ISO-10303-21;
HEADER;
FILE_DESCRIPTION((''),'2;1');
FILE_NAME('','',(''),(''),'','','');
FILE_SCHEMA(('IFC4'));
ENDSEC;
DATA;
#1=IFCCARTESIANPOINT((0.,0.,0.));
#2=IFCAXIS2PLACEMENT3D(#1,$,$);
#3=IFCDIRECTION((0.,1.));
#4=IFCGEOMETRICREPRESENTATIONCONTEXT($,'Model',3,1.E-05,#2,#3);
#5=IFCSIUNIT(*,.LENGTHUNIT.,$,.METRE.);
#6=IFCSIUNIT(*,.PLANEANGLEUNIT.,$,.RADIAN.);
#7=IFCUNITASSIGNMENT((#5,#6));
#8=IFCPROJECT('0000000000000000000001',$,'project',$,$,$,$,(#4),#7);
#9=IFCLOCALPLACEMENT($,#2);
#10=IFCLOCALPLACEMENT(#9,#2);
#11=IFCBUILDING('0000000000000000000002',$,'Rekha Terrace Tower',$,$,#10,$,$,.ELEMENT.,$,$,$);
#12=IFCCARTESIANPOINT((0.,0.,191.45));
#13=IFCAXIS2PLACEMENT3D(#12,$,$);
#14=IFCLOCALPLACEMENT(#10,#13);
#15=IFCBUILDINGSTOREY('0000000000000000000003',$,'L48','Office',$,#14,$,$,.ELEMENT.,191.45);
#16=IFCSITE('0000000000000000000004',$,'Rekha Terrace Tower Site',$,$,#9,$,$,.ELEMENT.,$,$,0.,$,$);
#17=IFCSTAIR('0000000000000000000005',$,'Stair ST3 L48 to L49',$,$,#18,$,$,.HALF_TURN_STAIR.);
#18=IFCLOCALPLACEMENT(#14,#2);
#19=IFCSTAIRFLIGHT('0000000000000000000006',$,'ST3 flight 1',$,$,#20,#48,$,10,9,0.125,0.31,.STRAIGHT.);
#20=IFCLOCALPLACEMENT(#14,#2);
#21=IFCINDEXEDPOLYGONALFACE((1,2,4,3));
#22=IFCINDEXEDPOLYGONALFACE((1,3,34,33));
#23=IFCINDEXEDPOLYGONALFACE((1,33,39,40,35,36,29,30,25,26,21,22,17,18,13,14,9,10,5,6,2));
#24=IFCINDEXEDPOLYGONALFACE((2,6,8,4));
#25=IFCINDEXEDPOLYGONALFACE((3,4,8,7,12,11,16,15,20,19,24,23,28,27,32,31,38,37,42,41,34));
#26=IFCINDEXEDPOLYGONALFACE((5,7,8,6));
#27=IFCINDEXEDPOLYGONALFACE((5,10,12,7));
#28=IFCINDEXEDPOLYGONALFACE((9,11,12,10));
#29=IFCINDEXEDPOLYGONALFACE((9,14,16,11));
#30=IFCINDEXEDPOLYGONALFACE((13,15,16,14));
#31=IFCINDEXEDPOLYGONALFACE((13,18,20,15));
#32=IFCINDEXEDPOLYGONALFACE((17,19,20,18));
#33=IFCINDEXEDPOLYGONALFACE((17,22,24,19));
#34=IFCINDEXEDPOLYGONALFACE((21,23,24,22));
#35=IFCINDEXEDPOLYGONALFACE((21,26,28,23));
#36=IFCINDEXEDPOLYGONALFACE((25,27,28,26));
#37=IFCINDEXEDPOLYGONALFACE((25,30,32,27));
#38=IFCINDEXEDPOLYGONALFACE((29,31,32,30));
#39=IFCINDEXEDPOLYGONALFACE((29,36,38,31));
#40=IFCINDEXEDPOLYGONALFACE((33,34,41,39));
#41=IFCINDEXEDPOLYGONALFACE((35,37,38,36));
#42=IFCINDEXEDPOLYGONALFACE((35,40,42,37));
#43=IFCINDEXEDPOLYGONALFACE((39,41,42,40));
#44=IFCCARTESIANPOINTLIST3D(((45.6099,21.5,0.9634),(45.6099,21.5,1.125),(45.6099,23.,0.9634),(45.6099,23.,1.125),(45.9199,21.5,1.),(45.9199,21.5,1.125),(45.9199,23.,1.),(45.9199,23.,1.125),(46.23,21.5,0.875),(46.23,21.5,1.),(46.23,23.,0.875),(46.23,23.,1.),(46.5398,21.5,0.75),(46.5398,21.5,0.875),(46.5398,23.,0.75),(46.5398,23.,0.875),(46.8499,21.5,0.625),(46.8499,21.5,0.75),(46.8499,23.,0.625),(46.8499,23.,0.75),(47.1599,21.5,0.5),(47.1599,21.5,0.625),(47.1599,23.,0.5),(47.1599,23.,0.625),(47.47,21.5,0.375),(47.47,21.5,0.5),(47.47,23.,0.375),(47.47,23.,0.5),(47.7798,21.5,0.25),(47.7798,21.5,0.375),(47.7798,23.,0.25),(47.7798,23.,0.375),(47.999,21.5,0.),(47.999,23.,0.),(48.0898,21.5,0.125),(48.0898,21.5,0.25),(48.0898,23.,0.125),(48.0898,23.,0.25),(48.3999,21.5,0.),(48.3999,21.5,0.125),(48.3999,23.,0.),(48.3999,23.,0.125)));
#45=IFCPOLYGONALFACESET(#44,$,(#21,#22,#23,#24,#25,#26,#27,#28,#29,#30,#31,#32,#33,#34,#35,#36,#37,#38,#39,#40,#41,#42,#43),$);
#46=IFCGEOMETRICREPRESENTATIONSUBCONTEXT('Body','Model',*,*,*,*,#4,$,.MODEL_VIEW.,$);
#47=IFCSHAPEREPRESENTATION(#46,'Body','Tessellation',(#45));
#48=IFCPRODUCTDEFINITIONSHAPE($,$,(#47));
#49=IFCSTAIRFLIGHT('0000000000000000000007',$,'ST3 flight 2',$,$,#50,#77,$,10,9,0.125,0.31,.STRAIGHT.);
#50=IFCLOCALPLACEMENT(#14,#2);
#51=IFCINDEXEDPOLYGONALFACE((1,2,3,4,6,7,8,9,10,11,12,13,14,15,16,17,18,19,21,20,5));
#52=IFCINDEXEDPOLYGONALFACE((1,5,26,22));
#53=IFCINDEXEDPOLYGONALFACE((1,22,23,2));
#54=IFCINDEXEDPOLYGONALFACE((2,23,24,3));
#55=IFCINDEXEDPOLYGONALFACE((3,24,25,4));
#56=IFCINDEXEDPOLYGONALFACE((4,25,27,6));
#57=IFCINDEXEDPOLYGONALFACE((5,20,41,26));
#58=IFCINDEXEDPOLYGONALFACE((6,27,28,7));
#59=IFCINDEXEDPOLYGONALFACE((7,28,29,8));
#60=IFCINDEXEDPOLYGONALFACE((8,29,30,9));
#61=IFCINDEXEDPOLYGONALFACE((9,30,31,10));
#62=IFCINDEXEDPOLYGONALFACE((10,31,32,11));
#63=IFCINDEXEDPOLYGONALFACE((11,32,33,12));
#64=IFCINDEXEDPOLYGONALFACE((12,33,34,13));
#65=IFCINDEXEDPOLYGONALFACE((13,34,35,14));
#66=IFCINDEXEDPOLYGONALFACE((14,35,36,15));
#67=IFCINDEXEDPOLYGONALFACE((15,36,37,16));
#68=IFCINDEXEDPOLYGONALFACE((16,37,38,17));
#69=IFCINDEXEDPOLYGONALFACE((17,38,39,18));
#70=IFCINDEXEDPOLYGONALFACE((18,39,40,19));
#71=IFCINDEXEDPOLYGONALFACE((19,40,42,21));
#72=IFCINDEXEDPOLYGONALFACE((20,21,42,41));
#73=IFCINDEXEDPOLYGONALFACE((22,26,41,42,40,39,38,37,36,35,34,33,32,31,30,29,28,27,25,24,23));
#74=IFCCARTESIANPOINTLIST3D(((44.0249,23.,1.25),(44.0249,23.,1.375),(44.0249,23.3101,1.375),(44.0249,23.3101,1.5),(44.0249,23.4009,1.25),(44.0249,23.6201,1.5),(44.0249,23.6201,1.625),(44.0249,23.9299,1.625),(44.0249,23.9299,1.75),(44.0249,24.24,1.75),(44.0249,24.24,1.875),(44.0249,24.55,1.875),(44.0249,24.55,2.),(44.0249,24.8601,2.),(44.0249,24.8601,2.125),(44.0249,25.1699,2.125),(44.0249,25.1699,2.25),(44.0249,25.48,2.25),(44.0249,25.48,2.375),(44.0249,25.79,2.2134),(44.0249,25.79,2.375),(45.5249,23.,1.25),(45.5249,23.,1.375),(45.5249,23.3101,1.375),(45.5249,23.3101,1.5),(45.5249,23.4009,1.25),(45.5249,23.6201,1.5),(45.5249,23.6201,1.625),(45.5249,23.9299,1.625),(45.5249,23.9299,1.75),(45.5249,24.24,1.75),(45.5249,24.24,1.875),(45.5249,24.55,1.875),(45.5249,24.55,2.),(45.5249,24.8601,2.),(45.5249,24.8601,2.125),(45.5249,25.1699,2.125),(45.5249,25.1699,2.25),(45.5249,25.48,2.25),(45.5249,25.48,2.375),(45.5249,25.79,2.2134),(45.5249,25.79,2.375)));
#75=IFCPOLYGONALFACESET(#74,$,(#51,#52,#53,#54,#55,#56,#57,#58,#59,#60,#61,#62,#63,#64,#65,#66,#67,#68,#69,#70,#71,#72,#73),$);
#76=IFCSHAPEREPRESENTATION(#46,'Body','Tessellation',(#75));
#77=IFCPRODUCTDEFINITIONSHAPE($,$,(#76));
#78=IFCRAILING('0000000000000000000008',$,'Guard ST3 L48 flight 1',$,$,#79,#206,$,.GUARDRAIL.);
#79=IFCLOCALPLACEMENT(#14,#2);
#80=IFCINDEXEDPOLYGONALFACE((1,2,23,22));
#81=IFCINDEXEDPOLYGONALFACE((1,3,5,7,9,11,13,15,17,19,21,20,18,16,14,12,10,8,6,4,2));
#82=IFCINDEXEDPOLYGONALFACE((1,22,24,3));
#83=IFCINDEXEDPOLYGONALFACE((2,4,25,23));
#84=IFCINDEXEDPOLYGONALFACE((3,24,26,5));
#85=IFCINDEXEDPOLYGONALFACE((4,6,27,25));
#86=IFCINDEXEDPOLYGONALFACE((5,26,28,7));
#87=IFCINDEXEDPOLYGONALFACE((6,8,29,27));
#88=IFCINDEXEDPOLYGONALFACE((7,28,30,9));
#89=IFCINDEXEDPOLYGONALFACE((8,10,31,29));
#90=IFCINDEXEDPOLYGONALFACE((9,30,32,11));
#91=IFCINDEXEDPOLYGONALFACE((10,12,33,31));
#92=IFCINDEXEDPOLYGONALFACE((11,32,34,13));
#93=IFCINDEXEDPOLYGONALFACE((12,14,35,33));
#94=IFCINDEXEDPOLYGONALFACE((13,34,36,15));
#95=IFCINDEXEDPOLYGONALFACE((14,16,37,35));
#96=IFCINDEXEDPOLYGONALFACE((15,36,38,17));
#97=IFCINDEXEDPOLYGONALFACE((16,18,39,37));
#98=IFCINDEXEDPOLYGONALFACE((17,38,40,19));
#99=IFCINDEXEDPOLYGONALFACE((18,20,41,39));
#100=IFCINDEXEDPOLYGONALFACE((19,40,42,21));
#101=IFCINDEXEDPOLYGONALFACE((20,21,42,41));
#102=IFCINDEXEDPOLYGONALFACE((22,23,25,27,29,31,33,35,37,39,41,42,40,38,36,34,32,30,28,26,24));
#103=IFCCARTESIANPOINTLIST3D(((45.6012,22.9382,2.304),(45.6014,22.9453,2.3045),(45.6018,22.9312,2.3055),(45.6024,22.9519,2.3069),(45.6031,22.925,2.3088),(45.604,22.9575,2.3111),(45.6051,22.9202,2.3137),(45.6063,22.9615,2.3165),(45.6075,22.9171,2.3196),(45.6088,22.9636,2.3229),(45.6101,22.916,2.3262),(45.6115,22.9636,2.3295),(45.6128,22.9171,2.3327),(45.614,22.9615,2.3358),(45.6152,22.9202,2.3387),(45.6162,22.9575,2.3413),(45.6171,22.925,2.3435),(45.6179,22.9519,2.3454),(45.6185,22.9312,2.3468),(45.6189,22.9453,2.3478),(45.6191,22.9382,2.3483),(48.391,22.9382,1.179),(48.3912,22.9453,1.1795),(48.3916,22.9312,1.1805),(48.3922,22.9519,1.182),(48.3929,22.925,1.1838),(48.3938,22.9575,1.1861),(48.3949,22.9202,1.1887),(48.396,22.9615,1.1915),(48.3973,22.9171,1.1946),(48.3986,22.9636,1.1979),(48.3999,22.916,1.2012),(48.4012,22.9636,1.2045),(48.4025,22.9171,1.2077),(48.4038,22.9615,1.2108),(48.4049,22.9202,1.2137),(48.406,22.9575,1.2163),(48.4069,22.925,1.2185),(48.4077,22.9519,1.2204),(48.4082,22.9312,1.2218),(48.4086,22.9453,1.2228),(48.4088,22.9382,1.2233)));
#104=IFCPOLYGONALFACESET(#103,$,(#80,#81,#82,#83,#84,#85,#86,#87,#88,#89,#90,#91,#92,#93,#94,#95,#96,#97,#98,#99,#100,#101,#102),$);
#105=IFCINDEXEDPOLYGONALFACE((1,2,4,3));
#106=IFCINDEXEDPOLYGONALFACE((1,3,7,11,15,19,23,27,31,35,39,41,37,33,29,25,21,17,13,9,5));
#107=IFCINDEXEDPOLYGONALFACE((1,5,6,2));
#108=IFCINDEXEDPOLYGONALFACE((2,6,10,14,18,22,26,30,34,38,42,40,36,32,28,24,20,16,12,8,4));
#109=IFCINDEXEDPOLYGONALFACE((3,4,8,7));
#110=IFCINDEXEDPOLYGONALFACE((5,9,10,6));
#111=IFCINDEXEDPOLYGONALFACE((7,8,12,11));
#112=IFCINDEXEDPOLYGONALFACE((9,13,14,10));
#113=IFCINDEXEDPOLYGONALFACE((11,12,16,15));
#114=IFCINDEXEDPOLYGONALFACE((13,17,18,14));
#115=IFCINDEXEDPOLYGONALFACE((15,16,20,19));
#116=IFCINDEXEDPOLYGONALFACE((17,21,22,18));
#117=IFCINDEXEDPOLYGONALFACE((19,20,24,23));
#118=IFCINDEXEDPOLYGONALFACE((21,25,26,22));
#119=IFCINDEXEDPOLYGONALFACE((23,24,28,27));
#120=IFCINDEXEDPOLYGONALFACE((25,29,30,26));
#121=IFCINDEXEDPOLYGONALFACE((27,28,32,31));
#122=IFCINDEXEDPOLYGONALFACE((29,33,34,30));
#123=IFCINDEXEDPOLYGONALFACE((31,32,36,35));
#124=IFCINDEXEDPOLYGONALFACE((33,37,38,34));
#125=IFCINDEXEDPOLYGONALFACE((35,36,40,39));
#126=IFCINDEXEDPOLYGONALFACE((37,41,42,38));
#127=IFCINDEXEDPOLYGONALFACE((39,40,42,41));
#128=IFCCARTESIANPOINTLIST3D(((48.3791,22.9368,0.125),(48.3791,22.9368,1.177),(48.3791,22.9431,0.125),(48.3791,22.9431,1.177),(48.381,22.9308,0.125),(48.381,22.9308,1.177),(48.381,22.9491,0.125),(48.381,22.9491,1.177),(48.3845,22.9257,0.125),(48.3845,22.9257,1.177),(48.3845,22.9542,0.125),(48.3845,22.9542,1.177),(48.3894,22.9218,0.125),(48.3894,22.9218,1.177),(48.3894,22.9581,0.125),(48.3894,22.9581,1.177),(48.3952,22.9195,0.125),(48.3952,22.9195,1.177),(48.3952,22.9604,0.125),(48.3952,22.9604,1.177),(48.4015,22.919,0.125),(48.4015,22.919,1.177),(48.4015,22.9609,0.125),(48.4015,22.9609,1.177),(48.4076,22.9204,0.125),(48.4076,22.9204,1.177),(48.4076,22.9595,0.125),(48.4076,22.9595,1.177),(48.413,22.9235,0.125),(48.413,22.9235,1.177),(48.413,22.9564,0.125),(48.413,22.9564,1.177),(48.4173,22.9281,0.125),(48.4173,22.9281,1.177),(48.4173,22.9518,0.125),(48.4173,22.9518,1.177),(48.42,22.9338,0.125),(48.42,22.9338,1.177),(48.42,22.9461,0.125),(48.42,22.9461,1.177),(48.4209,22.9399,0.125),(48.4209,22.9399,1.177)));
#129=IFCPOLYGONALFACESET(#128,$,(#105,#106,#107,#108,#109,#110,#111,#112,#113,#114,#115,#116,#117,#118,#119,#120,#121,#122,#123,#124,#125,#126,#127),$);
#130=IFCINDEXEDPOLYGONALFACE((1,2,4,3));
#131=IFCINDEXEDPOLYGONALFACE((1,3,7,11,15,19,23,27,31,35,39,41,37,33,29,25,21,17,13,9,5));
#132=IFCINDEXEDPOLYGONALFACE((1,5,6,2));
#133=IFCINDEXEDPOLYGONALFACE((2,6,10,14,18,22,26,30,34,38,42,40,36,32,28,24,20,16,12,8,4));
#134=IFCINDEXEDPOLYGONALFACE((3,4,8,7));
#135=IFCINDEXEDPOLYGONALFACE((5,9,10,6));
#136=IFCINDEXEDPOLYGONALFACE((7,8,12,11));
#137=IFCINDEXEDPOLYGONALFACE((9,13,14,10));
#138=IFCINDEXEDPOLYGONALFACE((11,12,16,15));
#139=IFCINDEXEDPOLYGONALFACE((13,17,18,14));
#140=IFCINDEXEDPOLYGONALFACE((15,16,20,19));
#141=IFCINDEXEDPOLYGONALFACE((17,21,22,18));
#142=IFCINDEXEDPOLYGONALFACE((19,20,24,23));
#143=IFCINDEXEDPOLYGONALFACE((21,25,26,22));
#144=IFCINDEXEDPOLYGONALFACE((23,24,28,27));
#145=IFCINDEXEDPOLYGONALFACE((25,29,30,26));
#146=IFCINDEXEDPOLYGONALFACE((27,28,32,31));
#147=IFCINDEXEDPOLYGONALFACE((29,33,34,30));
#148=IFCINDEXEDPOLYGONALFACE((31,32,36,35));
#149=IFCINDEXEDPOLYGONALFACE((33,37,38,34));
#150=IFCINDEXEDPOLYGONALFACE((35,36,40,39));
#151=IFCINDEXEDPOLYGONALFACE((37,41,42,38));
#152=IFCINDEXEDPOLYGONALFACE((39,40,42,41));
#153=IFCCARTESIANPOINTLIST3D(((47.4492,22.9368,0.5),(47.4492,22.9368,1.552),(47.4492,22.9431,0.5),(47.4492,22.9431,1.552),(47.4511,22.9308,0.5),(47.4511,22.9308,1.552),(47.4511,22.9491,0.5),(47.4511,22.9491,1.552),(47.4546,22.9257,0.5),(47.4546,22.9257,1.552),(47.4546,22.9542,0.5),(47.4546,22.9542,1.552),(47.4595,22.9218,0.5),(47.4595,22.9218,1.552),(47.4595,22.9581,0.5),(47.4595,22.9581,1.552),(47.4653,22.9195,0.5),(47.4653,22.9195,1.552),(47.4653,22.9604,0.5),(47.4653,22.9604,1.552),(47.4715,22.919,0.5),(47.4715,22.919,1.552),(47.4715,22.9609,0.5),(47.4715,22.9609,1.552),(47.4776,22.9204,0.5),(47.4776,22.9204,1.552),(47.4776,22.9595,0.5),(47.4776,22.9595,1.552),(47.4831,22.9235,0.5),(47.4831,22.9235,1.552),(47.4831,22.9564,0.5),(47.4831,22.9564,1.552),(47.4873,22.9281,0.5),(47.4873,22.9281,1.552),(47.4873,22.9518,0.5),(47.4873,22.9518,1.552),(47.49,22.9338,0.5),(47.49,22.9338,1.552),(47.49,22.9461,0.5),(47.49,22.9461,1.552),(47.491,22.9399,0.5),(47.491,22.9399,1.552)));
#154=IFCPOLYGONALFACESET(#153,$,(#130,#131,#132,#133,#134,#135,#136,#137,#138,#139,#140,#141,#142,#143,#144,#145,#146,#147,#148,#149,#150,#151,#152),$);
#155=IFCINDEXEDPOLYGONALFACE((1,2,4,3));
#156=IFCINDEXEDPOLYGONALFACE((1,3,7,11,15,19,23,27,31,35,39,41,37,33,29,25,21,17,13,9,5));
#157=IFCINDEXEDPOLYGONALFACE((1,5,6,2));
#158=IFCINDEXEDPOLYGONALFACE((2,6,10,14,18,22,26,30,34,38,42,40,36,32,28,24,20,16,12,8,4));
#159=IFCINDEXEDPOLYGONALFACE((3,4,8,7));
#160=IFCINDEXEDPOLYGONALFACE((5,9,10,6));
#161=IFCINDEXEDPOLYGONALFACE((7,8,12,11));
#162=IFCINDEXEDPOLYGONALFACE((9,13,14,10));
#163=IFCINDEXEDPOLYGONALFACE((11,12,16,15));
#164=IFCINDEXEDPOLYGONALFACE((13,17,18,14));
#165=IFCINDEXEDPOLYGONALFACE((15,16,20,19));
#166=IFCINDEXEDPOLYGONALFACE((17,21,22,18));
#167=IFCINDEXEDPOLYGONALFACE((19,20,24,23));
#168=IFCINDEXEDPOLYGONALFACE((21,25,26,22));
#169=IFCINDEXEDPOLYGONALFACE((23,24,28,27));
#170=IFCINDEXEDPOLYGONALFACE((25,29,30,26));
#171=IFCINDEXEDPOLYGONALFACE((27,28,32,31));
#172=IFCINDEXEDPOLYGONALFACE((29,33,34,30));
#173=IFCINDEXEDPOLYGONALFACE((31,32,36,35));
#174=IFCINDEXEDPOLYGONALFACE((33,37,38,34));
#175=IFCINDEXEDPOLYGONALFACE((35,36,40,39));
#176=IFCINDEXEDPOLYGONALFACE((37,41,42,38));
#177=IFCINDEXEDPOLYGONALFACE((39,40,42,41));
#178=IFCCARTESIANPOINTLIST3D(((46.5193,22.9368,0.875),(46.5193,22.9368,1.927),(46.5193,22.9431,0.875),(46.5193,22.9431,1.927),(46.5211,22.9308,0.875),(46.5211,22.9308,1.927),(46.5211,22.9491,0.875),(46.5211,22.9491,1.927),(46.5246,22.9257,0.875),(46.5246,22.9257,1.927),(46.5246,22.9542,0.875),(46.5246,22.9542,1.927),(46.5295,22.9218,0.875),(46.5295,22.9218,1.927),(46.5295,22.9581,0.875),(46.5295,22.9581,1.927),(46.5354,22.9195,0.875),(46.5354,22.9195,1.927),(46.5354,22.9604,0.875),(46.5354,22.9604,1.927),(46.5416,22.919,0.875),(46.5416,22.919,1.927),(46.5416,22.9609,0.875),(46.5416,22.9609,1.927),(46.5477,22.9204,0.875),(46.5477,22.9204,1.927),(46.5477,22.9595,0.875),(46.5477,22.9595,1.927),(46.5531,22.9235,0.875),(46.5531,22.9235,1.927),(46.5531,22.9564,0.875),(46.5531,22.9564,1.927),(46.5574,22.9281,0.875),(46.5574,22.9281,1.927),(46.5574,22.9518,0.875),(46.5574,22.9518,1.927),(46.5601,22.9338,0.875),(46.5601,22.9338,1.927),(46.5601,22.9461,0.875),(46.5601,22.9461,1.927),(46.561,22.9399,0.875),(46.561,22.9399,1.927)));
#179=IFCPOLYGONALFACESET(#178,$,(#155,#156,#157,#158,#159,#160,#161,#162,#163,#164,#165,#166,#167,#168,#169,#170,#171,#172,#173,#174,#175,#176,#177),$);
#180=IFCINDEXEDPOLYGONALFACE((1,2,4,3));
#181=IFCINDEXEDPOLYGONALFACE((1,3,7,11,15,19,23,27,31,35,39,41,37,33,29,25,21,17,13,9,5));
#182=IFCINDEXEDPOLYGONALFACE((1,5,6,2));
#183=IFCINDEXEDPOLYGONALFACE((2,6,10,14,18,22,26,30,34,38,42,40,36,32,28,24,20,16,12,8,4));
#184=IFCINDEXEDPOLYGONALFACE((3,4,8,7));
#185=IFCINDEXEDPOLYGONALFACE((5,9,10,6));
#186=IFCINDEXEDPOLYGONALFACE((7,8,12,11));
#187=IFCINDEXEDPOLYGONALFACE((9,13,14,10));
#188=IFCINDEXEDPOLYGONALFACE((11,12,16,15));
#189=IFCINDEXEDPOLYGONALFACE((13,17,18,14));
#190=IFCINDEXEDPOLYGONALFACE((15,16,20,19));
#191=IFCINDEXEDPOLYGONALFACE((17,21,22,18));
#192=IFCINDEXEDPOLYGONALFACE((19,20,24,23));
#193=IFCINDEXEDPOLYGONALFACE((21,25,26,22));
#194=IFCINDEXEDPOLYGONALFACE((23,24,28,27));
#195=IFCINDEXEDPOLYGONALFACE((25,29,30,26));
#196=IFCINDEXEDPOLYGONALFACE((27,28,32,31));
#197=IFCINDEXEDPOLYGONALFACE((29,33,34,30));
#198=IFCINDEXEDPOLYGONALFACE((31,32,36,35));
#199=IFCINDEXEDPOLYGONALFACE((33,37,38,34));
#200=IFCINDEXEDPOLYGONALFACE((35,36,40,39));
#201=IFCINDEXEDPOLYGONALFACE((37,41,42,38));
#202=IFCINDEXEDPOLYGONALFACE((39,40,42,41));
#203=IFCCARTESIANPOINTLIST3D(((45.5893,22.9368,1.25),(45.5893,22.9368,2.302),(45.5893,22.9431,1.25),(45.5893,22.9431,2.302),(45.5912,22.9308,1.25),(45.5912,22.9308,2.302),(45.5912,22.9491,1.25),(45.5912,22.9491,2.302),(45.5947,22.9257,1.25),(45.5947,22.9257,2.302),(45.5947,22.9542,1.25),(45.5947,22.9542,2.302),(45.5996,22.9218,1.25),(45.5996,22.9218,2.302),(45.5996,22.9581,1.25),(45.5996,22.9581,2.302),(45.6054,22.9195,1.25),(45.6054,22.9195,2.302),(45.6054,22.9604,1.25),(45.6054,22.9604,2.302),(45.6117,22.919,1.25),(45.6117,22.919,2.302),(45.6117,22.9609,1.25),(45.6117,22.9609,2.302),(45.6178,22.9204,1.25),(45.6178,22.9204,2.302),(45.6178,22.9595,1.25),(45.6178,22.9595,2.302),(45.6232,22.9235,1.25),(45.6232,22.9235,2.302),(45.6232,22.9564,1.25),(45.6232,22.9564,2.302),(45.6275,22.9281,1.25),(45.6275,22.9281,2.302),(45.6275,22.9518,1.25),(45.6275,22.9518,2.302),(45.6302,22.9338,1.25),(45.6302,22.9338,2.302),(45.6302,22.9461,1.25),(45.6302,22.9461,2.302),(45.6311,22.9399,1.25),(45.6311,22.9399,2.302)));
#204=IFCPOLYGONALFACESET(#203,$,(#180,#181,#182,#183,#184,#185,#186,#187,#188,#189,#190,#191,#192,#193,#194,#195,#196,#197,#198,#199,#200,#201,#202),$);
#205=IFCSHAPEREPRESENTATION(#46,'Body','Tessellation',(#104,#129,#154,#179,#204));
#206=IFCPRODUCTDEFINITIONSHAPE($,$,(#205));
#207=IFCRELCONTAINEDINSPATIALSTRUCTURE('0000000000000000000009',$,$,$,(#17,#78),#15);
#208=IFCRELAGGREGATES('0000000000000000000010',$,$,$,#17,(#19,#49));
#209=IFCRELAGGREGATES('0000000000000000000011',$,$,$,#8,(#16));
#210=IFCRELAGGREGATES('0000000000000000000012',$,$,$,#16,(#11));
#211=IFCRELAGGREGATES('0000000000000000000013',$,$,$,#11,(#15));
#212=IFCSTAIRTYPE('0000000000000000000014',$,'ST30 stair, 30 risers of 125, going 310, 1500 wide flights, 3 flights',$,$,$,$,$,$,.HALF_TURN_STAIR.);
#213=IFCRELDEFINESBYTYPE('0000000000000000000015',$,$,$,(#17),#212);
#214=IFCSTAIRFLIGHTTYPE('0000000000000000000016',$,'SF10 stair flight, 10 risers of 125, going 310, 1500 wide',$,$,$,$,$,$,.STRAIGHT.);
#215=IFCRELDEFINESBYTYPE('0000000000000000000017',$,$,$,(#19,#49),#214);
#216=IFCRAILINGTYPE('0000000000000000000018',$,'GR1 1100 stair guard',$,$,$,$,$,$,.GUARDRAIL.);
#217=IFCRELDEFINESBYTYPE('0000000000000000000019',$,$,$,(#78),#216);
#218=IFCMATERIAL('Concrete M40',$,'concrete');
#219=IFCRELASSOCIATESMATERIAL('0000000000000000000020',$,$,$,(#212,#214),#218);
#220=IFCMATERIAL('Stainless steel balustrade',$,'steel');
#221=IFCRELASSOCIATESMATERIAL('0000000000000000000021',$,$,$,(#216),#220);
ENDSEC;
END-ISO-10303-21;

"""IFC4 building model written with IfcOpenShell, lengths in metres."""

from ifc_helpers import new_model, si_unit, direction, frame, origin, origin_2d, place, context, subcontext, project, spatial, polyline, circle, outline, extrude, material, type_object, element, aggregate, save


model = new_model("IFC4")

# Units and contexts
model_context = context("Model", 3, precision=1e-05, world=origin(), true_north=direction((0.0, 1.0)))
body_context = subcontext(model_context, "Body", "Model", "MODEL_VIEW")
ifc_project = project(units=[si_unit("LENGTHUNIT", "METRE"), si_unit("PLANEANGLEUNIT", "RADIAN")], contexts=[model_context])

# Site, building, storey
site_placement = place(None, origin())
site = spatial("IfcSite", under=ifc_project, at=site_placement, Name="Rekha Terrace Tower Site", CompositionType="ELEMENT", RefElevation=0.0)
building_placement = place(site_placement, origin())
building = spatial("IfcBuilding", under=site, at=building_placement, Name="Rekha Terrace Tower", CompositionType="ELEMENT")
storey_placement = place(building_placement, frame((0.0, 0.0, 191.45)))
storey = spatial("IfcBuildingStorey", under=building, at=storey_placement, Name="L48", Description="Office", CompositionType="ELEMENT", Elevation=191.45)

# Stair, stair flights
ifc_material_1 = material(Name="Concrete M40", Category="concrete")
stair_type = type_object("IfcStairType", Name="ST30 stair, 30 risers of 125, going 310, 1500 wide flights, 3 flights", PredefinedType="HALF_TURN_STAIR", material=ifc_material_1)
stair_placement = place(storey_placement, origin())
stair = element("IfcStair", 1, at=stair_placement, inside=storey, type_object=stair_type, Name="Stair ST3 L48 to L49", PredefinedType="HALF_TURN_STAIR")
stair_flight_type = type_object("IfcStairFlightType", Name="SF10 stair flight, 10 risers of 125, going 310, 1500 wide", PredefinedType="STRAIGHT", material=ifc_material_1)
stair_flight_1_placement = place(storey_placement, frame((48.3999, 22.25, 0.0), z_axis=(0.0, 0.0, 1.0), x_axis=(-1.0, 0.0, 0.0)))
stair_flight_1 = element("IfcStairFlight", 2, at=stair_flight_1_placement, type_object=stair_flight_type, Name="ST3 flight 1", NumberOfRisers=10, NumberOfTreads=9, PredefinedType="STRAIGHT", RiserHeight=0.125, TreadLength=0.31, context=body_context, shape_type="SweptSolid", body=[
    extrude(outline(polyline([(0.0, 0.0), (0.0, 0.125), (0.3101, 0.125), (0.3101, 0.25), (0.6201, 0.25), (0.6201, 0.375), (0.9299, 0.375), (0.9299, 0.5), (1.24, 0.5), (1.24, 0.625), (1.55, 0.625), (1.55, 0.75), (1.8601, 0.75), (1.8601, 0.875), (2.1699, 0.875), (2.1699, 1.0), (2.48, 1.0), (2.48, 1.125), (2.79, 1.125), (2.79, 1.25), (2.79, 0.9634), (0.4009, 0.0), (0.0, 0.0)])), frame((0.0, 0.75, 0.0), z_axis=(0.0, -1.0, 0.0), x_axis=(1.0, 0.0, 0.0)), (0.0, 0.0, 1.0), 1.5),
])
stair_flight_2_placement = place(storey_placement, frame((44.7749, 23.0, 1.25), z_axis=(0.0, 0.0, 1.0), x_axis=(0.0, 1.0, 0.0)))
stair_flight_2 = element("IfcStairFlight", 3, at=stair_flight_2_placement, type_object=stair_flight_type, Name="ST3 flight 2", NumberOfRisers=10, NumberOfTreads=9, PredefinedType="STRAIGHT", RiserHeight=0.125, TreadLength=0.31, context=body_context, shape_type="SweptSolid", body=[
    extrude(outline(polyline([(0.0, 0.0), (0.0, 0.125), (0.3101, 0.125), (0.3101, 0.25), (0.6201, 0.25), (0.6201, 0.375), (0.9299, 0.375), (0.9299, 0.5), (1.24, 0.5), (1.24, 0.625), (1.55, 0.625), (1.55, 0.75), (1.8601, 0.75), (1.8601, 0.875), (2.1699, 0.875), (2.1699, 1.0), (2.48, 1.0), (2.48, 1.125), (2.79, 1.125), (2.79, 1.25), (2.79, 0.9634), (0.4009, 0.0), (0.0, 0.0)])), frame((0.0, 0.75, 0.0), z_axis=(0.0, -1.0, 0.0), x_axis=(1.0, 0.0, 0.0)), (0.0, 0.0, 1.0), 1.5),
])
aggregate(stair, [stair_flight_1, stair_flight_2])

# Railing
ifc_material_2 = material(Name="Stainless steel balustrade", Category="steel")
railing_type_1 = type_object("IfcRailingType", Name="GR1 1100 stair guard", PredefinedType="GUARDRAIL", material=ifc_material_2)
railing_1_placement = place(storey_placement, frame((48.3999, 22.9399, 0.125)))
element("IfcRailing", 4, at=railing_1_placement, inside=storey, type_object=railing_type_1, Name="Guard ST3 L48 flight 1", PredefinedType="GUARDRAIL", context=body_context, shape_type="SweptSolid", body=[
    extrude(circle(Radius=0.0239, at=origin_2d()), frame((0.0, 0.0, 1.0762), z_axis=(-0.927432, 0.0, 0.373992), x_axis=(0.0, -1.0, 0.0)), (0.0, 0.0, 1.0), 3.0081),
    extrude(circle(Radius=0.021, at=origin_2d()), origin(), (0.0, 0.0, 1.0), 1.052),
    extrude(circle(Radius=0.021, at=origin_2d()), frame((-0.9299, 0.0, 0.375)), (0.0, 0.0, 1.0), 1.052),
    extrude(circle(Radius=0.021, at=origin_2d()), frame((-1.8599, 0.0, 0.75)), (0.0, 0.0, 1.0), 1.052),
    extrude(circle(Radius=0.021, at=origin_2d()), frame((-2.7898, 0.0, 1.125)), (0.0, 0.0, 1.0), 1.052),
])

save(model, "model.ifc")
